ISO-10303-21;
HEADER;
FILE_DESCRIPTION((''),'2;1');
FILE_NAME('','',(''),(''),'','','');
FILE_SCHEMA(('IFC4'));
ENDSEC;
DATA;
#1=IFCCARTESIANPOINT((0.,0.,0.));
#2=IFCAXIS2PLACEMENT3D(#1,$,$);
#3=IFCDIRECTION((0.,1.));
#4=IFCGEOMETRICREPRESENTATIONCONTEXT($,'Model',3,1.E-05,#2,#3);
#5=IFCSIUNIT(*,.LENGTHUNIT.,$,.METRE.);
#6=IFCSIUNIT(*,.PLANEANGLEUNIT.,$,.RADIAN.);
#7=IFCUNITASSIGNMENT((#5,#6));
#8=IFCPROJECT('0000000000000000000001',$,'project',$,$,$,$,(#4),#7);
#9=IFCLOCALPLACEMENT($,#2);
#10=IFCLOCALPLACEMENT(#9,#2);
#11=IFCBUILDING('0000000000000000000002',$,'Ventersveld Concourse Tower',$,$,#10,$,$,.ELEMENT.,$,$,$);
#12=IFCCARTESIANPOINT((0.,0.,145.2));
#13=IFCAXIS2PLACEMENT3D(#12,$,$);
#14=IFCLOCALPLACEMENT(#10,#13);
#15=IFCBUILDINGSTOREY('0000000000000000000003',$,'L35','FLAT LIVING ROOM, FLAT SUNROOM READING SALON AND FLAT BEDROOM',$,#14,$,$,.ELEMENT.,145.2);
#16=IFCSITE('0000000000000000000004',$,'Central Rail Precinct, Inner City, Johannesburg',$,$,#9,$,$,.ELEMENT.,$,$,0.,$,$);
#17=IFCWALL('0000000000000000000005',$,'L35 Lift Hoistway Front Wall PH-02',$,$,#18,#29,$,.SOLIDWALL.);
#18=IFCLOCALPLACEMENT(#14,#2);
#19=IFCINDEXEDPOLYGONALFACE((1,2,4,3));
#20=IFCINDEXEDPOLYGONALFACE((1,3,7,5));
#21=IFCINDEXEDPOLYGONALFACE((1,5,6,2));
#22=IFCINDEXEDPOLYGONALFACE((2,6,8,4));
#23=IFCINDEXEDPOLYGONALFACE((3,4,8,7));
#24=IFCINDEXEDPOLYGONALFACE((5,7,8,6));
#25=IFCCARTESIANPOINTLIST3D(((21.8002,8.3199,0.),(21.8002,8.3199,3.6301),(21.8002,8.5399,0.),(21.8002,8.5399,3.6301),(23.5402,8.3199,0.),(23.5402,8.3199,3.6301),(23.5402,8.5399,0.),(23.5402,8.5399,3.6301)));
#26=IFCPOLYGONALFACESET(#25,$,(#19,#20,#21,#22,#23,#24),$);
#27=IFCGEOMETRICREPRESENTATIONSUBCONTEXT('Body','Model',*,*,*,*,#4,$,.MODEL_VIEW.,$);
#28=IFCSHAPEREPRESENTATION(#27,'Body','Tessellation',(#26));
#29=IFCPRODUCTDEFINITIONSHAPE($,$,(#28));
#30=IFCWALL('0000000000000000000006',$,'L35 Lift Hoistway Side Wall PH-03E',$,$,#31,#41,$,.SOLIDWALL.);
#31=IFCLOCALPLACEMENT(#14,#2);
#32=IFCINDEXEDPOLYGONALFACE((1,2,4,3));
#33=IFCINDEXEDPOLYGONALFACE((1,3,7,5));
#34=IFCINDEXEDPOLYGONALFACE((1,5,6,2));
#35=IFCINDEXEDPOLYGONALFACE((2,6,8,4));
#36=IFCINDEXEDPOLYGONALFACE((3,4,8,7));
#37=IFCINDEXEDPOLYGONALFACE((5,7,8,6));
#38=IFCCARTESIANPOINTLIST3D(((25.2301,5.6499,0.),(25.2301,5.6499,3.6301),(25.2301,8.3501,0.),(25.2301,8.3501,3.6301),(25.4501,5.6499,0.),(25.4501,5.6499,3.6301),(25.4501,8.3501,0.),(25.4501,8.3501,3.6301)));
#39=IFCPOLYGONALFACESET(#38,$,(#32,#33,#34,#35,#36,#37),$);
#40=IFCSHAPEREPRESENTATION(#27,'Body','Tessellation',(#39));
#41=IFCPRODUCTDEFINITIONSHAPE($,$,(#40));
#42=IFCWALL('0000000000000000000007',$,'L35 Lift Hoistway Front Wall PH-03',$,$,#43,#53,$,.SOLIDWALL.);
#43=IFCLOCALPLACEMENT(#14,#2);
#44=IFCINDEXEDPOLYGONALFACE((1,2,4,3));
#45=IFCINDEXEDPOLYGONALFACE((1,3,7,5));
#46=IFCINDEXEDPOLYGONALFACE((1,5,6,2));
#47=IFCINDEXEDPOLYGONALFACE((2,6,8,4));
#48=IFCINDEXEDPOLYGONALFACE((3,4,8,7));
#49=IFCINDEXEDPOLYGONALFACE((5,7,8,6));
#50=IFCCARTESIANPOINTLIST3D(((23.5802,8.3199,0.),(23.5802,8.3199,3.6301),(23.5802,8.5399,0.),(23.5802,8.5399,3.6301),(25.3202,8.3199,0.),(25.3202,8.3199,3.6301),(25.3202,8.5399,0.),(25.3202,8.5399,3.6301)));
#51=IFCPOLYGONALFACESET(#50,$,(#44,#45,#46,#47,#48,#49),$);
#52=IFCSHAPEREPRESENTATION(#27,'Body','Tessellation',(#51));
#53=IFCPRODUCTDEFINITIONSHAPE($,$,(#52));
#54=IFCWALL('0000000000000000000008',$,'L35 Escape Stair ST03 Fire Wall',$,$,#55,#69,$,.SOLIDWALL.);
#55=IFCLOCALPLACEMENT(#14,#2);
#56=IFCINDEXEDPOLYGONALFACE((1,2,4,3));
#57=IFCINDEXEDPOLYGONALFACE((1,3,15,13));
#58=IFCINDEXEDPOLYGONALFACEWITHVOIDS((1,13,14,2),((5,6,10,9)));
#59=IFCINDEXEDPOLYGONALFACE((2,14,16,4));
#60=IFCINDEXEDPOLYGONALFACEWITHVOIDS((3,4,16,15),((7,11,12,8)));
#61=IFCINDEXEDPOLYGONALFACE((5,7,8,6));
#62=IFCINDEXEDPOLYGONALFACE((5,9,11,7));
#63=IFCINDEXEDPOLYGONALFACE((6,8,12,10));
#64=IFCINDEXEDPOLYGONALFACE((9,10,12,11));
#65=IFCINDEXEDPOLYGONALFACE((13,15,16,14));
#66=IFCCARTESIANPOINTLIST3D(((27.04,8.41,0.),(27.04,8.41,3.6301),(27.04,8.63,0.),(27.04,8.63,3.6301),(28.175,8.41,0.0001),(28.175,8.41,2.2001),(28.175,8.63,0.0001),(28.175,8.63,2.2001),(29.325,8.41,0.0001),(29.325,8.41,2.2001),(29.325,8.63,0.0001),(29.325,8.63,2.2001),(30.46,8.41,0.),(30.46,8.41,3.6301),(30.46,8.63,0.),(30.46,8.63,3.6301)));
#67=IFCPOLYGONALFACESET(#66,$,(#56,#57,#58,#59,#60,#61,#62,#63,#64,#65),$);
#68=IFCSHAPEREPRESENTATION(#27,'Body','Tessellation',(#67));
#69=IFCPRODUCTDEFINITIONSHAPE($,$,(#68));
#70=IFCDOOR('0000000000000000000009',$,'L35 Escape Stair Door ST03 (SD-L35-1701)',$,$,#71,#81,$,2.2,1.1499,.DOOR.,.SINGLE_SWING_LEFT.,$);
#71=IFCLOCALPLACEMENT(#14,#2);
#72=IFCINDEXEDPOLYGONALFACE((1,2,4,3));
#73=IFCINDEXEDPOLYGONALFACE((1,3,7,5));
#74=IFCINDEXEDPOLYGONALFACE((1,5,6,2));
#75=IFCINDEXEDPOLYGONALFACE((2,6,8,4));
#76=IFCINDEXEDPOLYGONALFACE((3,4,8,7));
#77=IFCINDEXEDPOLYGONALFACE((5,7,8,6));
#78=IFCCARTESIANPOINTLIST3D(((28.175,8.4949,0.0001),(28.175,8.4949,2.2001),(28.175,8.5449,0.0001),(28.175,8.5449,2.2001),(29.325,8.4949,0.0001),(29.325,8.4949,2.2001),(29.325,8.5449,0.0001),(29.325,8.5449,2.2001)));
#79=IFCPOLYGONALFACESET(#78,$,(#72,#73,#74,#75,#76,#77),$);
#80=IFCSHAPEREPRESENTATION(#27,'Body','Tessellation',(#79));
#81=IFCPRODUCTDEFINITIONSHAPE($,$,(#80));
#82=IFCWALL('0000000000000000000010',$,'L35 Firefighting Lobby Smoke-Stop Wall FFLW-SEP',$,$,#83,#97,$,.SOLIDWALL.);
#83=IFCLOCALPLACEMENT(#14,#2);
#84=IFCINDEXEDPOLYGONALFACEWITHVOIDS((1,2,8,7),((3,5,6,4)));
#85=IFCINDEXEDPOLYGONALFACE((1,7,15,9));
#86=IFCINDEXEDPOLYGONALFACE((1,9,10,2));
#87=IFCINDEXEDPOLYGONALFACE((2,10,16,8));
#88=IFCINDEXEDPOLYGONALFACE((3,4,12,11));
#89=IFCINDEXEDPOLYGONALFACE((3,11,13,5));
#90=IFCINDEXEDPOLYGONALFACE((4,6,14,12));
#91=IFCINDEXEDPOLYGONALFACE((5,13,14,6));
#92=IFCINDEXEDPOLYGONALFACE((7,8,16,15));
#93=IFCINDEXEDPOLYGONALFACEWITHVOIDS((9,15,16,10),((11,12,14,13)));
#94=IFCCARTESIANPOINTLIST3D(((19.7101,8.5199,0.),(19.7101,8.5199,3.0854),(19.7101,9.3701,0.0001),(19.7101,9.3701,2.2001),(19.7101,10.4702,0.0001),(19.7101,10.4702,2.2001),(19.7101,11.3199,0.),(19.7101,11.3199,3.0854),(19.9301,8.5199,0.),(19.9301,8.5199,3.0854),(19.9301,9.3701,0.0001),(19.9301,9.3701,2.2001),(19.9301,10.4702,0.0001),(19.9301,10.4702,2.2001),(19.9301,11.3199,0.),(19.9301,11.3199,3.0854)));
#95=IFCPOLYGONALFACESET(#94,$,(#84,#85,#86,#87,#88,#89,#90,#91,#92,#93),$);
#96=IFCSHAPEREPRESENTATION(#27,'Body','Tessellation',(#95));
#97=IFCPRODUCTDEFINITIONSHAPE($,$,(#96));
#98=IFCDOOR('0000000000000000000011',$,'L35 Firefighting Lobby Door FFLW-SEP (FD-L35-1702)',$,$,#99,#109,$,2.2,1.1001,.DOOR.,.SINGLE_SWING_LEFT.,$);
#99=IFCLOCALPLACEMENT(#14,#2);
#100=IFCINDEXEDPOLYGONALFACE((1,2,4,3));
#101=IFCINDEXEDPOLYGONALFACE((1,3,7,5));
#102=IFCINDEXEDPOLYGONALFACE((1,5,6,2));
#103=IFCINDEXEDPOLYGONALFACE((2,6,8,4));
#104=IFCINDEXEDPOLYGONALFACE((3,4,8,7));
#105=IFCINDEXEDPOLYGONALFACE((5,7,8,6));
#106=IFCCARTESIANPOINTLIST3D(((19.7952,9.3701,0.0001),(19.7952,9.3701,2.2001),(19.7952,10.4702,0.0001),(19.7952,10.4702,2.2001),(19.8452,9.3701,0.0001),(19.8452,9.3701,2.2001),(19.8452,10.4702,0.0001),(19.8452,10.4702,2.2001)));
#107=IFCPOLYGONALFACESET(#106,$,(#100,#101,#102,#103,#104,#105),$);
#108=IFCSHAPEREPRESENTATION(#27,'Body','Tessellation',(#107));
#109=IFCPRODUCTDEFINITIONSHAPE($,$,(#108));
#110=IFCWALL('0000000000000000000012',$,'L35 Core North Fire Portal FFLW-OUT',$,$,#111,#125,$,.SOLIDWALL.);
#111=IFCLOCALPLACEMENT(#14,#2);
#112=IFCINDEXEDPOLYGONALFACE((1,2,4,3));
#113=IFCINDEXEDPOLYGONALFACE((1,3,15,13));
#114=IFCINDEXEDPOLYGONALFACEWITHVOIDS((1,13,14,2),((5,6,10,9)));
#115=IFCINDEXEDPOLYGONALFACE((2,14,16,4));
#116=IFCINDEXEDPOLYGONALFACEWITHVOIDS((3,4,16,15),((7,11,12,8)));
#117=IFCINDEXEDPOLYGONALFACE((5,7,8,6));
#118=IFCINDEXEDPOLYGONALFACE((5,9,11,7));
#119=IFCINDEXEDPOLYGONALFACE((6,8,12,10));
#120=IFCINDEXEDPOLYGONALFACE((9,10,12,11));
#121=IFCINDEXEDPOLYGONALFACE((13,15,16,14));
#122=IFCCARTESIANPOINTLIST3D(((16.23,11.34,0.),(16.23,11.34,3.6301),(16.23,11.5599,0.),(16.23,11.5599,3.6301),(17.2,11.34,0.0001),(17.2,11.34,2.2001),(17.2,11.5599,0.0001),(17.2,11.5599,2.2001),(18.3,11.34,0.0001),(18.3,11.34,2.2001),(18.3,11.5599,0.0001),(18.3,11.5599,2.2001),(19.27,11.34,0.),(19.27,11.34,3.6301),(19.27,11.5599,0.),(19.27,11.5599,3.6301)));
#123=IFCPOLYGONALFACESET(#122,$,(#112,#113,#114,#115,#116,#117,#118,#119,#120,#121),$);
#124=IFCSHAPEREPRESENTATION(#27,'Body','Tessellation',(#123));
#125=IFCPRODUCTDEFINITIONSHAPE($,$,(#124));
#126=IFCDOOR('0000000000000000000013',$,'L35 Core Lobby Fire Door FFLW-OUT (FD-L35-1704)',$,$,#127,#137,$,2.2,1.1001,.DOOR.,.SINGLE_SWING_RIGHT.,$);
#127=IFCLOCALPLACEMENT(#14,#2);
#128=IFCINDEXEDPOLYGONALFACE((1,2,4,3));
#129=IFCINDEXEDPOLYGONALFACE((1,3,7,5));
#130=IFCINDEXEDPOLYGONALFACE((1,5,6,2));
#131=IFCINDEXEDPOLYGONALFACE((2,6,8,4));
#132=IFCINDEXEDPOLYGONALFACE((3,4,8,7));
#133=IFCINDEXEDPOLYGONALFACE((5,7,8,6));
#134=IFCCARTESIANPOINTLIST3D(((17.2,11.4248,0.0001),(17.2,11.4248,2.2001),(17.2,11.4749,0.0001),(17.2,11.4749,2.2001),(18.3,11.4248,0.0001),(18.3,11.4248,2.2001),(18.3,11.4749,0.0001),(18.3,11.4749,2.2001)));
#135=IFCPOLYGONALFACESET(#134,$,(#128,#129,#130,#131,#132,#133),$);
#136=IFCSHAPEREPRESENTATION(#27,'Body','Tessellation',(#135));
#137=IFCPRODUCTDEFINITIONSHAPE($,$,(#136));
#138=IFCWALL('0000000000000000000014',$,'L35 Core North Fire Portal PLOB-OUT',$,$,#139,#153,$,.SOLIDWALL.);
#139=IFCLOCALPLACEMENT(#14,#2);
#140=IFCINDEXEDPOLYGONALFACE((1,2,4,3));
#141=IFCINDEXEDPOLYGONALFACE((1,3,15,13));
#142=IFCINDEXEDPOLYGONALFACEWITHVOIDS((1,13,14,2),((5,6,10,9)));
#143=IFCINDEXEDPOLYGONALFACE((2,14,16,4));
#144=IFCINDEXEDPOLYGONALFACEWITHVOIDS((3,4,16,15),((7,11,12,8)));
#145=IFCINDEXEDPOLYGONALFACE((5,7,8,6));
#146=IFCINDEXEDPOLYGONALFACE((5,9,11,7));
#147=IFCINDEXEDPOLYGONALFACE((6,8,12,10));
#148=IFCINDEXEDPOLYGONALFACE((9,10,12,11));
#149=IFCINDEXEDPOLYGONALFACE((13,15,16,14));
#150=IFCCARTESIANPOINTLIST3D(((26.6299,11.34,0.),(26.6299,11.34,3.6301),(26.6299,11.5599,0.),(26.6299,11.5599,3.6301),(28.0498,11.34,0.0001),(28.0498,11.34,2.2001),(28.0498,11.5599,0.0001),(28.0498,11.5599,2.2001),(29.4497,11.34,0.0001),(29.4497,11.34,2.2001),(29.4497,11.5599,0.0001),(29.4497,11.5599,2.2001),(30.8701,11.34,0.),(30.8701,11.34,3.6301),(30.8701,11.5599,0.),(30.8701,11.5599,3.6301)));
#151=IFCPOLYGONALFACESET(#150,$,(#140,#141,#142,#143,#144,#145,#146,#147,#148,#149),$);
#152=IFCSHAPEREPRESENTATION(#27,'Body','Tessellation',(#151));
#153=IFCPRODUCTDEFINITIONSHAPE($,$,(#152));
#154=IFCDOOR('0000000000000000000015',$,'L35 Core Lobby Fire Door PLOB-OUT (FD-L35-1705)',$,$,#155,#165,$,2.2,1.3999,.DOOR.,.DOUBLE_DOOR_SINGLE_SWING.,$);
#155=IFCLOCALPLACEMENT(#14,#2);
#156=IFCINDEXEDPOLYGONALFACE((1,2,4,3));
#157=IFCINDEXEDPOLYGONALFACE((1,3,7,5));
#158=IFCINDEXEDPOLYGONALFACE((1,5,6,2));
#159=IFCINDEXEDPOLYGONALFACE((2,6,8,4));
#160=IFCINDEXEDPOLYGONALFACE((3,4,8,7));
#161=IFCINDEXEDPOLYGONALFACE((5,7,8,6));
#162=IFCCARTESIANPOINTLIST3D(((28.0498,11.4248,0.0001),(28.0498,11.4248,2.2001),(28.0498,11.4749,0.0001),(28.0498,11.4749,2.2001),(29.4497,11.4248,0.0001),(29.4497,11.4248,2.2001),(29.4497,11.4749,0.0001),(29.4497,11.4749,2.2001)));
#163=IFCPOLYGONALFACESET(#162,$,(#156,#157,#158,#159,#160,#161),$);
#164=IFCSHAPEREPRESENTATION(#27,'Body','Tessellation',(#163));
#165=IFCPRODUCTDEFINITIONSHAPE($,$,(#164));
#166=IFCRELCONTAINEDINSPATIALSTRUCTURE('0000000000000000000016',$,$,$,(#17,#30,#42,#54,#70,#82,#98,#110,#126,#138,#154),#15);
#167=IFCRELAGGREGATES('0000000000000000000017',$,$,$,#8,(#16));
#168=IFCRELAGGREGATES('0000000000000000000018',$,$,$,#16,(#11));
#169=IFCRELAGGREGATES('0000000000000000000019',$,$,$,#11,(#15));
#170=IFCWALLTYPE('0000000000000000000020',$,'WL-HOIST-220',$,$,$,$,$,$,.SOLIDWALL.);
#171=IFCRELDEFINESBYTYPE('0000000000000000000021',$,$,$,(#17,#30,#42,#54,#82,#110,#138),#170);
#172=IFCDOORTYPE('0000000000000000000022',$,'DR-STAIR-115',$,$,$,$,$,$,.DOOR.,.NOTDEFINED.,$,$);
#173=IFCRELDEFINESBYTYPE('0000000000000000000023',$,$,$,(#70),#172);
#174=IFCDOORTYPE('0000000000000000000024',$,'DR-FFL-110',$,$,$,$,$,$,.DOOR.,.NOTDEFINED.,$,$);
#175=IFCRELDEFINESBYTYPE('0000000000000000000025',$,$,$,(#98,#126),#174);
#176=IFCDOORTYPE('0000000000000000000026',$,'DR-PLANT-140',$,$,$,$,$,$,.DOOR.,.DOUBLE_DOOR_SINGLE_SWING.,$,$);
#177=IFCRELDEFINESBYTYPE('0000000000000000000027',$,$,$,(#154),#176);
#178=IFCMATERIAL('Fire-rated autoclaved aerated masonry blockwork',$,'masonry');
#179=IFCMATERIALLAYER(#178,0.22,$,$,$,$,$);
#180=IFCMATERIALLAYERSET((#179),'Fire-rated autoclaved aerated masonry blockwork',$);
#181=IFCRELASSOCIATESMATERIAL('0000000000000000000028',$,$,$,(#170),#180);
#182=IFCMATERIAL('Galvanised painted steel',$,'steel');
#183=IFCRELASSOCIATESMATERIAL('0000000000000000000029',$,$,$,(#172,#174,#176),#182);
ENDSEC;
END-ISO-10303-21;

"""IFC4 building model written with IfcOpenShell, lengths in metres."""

from ifc_helpers import new_model, si_unit, direction, frame, frame_2d, origin, place, context, subcontext, project, spatial, rectangle, extrude, material, layer, layer_set, type_object, element, fill, save


model = new_model("IFC4")

# Units and contexts
model_context = context("Model", 3, precision=1e-05, world=origin(), true_north=direction((0.0, 1.0)))
body_context = subcontext(model_context, "Body", "Model", "MODEL_VIEW")
ifc_project = project(units=[si_unit("LENGTHUNIT", "METRE"), si_unit("PLANEANGLEUNIT", "RADIAN")], contexts=[model_context])

# Site, building, storey
site_placement = place(None, origin())
site = spatial("IfcSite", under=ifc_project, at=site_placement, Name="Central Rail Precinct, Inner City, Johannesburg", CompositionType="ELEMENT", RefElevation=0.0)
building_placement = place(site_placement, origin())
building = spatial("IfcBuilding", under=site, at=building_placement, Name="Ventersveld Concourse Tower", CompositionType="ELEMENT")
storey_placement = place(building_placement, frame((0.0, 0.0, 145.2)))
storey = spatial("IfcBuildingStorey", under=building, at=storey_placement, Name="L35", Description="FLAT LIVING ROOM, FLAT SUNROOM READING SALON AND FLAT BEDROOM", CompositionType="ELEMENT", Elevation=145.2)

# Shared definitions
ifc_material_1 = material(Name="Fire-rated autoclaved aerated masonry blockwork", Category="masonry")
ifc_layer_1 = layer(ifc_material_1, 0.22)
ifc_layer_set_1 = layer_set([ifc_layer_1], Name="Fire-rated autoclaved aerated masonry blockwork")
wall_type_1 = type_object("IfcWallType", Name="WL-HOIST-220", PredefinedType="SOLIDWALL", material=ifc_layer_set_1)

# Walls
wall_1_placement = place(storey_placement, frame((21.8, 8.4299, 0.0), z_axis=(0.0, 0.0, 1.0), x_axis=(1.0, 0.0, 0.0)))
element("IfcWall", 1, at=wall_1_placement, inside=storey, type_object=wall_type_1, Name="L35 Lift Hoistway Front Wall PH-02", PredefinedType="SOLIDWALL", context=body_context, shape_type="SweptSolid", body=[
    extrude(rectangle(XDim=1.74, YDim=0.22, at=frame_2d((0.8701, 0.0))), origin(), (0.0, 0.0, 1.0), 3.6301),
])
wall_2_placement = place(storey_placement, frame((25.3401, 5.6499, 0.0), z_axis=(0.0, 0.0, 1.0), x_axis=(0.0, 1.0, 0.0)))
element("IfcWall", 2, at=wall_2_placement, inside=storey, type_object=wall_type_1, Name="L35 Lift Hoistway Side Wall PH-03E", PredefinedType="SOLIDWALL", context=body_context, shape_type="SweptSolid", body=[
    extrude(rectangle(XDim=2.7002, YDim=0.22, at=frame_2d((1.3501, 0.0))), origin(), (0.0, 0.0, 1.0), 3.6301),
])
wall_3_placement = place(storey_placement, frame((23.5801, 8.4299, 0.0), z_axis=(0.0, 0.0, 1.0), x_axis=(1.0, 0.0, 0.0)))
element("IfcWall", 3, at=wall_3_placement, inside=storey, type_object=wall_type_1, Name="L35 Lift Hoistway Front Wall PH-03", PredefinedType="SOLIDWALL", context=body_context, shape_type="SweptSolid", body=[
    extrude(rectangle(XDim=1.74, YDim=0.22, at=frame_2d((0.8701, 0.0))), origin(), (0.0, 0.0, 1.0), 3.6301),
])

# Walls, openings, doors
wall_4_placement = place(storey_placement, frame((27.04, 8.52, 0.0), z_axis=(0.0, 0.0, 1.0), x_axis=(1.0, 0.0, 0.0)))
wall_4 = element("IfcWall", 4, at=wall_4_placement, inside=storey, type_object=wall_type_1, Name="L35 Escape Stair ST03 Fire Wall", PredefinedType="SOLIDWALL", context=body_context, shape_type="SweptSolid", body=[
    extrude(rectangle(XDim=3.4199, YDim=0.22, at=frame_2d((1.71, 0.0))), origin(), (0.0, 0.0, 1.0), 3.6301),
])
opening_1_placement = place(wall_4_placement, frame((1.135, 0.0, 0.0)))
opening_1 = element("IfcOpeningElement", 5, at=opening_1_placement, cuts=wall_4, PredefinedType="OPENING", context=body_context, shape_type="SweptSolid", body=[
    extrude(rectangle(XDim=1.1499, YDim=2.2, at=frame_2d((0.575, 1.1001))), frame((0.0, 0.1201, 0.0), z_axis=(0.0, -1.0, 0.0), x_axis=(1.0, 0.0, 0.0)), (0.0, 0.0, 1.0), 0.24),
])
ifc_material_2 = material(Name="Galvanised painted steel", Category="steel")
door_type_1 = type_object("IfcDoorType", Name="DR-STAIR-115", OperationType="NOTDEFINED", PredefinedType="DOOR", material=ifc_material_2)
door_1_placement = place(opening_1_placement, origin())
door_1 = element("IfcDoor", 6, at=door_1_placement, inside=storey, type_object=door_type_1, Name="L35 Escape Stair Door ST03 (SD-L35-1701)", OperationType="SINGLE_SWING_LEFT", OverallHeight=2.2, OverallWidth=1.1499, PredefinedType="DOOR", context=body_context, shape_type="SweptSolid", body=[
    extrude(rectangle(XDim=1.1499, YDim=2.2, at=frame_2d((0.575, 1.1001))), frame((0.0, 0.0249, 0.0), z_axis=(0.0, -1.0, 0.0), x_axis=(1.0, 0.0, 0.0)), (0.0, 0.0, 1.0), 0.05),
])
fill(opening_1, door_1)
wall_5_placement = place(storey_placement, frame((19.8201, 8.52, 0.0), z_axis=(0.0, 0.0, 1.0), x_axis=(0.0, 1.0, 0.0)))
wall_5 = element("IfcWall", 7, at=wall_5_placement, inside=storey, type_object=wall_type_1, Name="L35 Firefighting Lobby Smoke-Stop Wall FFLW-SEP", PredefinedType="SOLIDWALL", context=body_context, shape_type="SweptSolid", body=[
    extrude(rectangle(XDim=2.8, YDim=0.22, at=frame_2d((1.3999, 0.0))), origin(), (0.0, 0.0, 1.0), 3.0854),
])
opening_2_placement = place(wall_5_placement, frame((0.8501, 0.0, 0.0)))
opening_2 = element("IfcOpeningElement", 8, at=opening_2_placement, cuts=wall_5, PredefinedType="OPENING", context=body_context, shape_type="SweptSolid", body=[
    extrude(rectangle(XDim=1.1001, YDim=2.2, at=frame_2d((0.55, 1.1001))), frame((0.0, 0.1201, 0.0), z_axis=(0.0, -1.0, 0.0), x_axis=(1.0, 0.0, 0.0)), (0.0, 0.0, 1.0), 0.24),
])
door_type_2 = type_object("IfcDoorType", Name="DR-FFL-110", OperationType="NOTDEFINED", PredefinedType="DOOR", material=ifc_material_2)
door_2_placement = place(opening_2_placement, origin())
door_2 = element("IfcDoor", 9, at=door_2_placement, inside=storey, type_object=door_type_2, Name="L35 Firefighting Lobby Door FFLW-SEP (FD-L35-1702)", OperationType="SINGLE_SWING_LEFT", OverallHeight=2.2, OverallWidth=1.1001, PredefinedType="DOOR", context=body_context, shape_type="SweptSolid", body=[
    extrude(rectangle(XDim=1.1001, YDim=2.2, at=frame_2d((0.55, 1.1001))), frame((0.0, 0.0249, 0.0), z_axis=(0.0, -1.0, 0.0), x_axis=(1.0, 0.0, 0.0)), (0.0, 0.0, 1.0), 0.05),
])
fill(opening_2, door_2)
wall_6_placement = place(storey_placement, frame((16.23, 11.45, 0.0), z_axis=(0.0, 0.0, 1.0), x_axis=(1.0, 0.0, 0.0)))
wall_6 = element("IfcWall", 10, at=wall_6_placement, inside=storey, type_object=wall_type_1, Name="L35 Core North Fire Portal FFLW-OUT", PredefinedType="SOLIDWALL", context=body_context, shape_type="SweptSolid", body=[
    extrude(rectangle(XDim=3.04, YDim=0.22, at=frame_2d((1.52, 0.0))), origin(), (0.0, 0.0, 1.0), 3.6301),
])
opening_3_placement = place(wall_6_placement, frame((0.97, 0.0, 0.0)))
opening_3 = element("IfcOpeningElement", 11, at=opening_3_placement, cuts=wall_6, PredefinedType="OPENING", context=body_context, shape_type="SweptSolid", body=[
    extrude(rectangle(XDim=1.1001, YDim=2.2, at=frame_2d((0.55, 1.1001))), frame((0.0, 0.1201, 0.0), z_axis=(0.0, -1.0, 0.0), x_axis=(1.0, 0.0, 0.0)), (0.0, 0.0, 1.0), 0.24),
])
door_3_placement = place(opening_3_placement, origin())
door_3 = element("IfcDoor", 12, at=door_3_placement, inside=storey, type_object=door_type_2, Name="L35 Core Lobby Fire Door FFLW-OUT (FD-L35-1704)", OperationType="SINGLE_SWING_RIGHT", OverallHeight=2.2, OverallWidth=1.1001, PredefinedType="DOOR", context=body_context, shape_type="SweptSolid", body=[
    extrude(rectangle(XDim=1.1001, YDim=2.2, at=frame_2d((0.55, 1.1001))), frame((0.0, 0.0249, 0.0), z_axis=(0.0, -1.0, 0.0), x_axis=(1.0, 0.0, 0.0)), (0.0, 0.0, 1.0), 0.05),
])
fill(opening_3, door_3)
wall_7_placement = place(storey_placement, frame((26.6299, 11.45, 0.0), z_axis=(0.0, 0.0, 1.0), x_axis=(1.0, 0.0, 0.0)))
wall_7 = element("IfcWall", 13, at=wall_7_placement, inside=storey, type_object=wall_type_1, Name="L35 Core North Fire Portal PLOB-OUT", PredefinedType="SOLIDWALL", context=body_context, shape_type="SweptSolid", body=[
    extrude(rectangle(XDim=4.2402, YDim=0.22, at=frame_2d((2.1201, 0.0))), origin(), (0.0, 0.0, 1.0), 3.6301),
])
opening_4_placement = place(wall_7_placement, frame((1.4199, 0.0, 0.0)))
opening_4 = element("IfcOpeningElement", 14, at=opening_4_placement, cuts=wall_7, PredefinedType="OPENING", context=body_context, shape_type="SweptSolid", body=[
    extrude(rectangle(XDim=1.3999, YDim=2.2, at=frame_2d((0.7, 1.1001))), frame((0.0, 0.1201, 0.0), z_axis=(0.0, -1.0, 0.0), x_axis=(1.0, 0.0, 0.0)), (0.0, 0.0, 1.0), 0.24),
])
door_type_3 = type_object("IfcDoorType", Name="DR-PLANT-140", OperationType="DOUBLE_DOOR_SINGLE_SWING", PredefinedType="DOOR", material=ifc_material_2)
door_4_placement = place(opening_4_placement, origin())
door_4 = element("IfcDoor", 15, at=door_4_placement, inside=storey, type_object=door_type_3, Name="L35 Core Lobby Fire Door PLOB-OUT (FD-L35-1705)", OperationType="DOUBLE_DOOR_SINGLE_SWING", OverallHeight=2.2, OverallWidth=1.3999, PredefinedType="DOOR", context=body_context, shape_type="SweptSolid", body=[
    extrude(rectangle(XDim=1.3999, YDim=2.2, at=frame_2d((0.7, 1.1001))), frame((0.0, 0.0249, 0.0), z_axis=(0.0, -1.0, 0.0), x_axis=(1.0, 0.0, 0.0)), (0.0, 0.0, 1.0), 0.05),
])
fill(opening_4, door_4)

save(model, "model.ifc")
